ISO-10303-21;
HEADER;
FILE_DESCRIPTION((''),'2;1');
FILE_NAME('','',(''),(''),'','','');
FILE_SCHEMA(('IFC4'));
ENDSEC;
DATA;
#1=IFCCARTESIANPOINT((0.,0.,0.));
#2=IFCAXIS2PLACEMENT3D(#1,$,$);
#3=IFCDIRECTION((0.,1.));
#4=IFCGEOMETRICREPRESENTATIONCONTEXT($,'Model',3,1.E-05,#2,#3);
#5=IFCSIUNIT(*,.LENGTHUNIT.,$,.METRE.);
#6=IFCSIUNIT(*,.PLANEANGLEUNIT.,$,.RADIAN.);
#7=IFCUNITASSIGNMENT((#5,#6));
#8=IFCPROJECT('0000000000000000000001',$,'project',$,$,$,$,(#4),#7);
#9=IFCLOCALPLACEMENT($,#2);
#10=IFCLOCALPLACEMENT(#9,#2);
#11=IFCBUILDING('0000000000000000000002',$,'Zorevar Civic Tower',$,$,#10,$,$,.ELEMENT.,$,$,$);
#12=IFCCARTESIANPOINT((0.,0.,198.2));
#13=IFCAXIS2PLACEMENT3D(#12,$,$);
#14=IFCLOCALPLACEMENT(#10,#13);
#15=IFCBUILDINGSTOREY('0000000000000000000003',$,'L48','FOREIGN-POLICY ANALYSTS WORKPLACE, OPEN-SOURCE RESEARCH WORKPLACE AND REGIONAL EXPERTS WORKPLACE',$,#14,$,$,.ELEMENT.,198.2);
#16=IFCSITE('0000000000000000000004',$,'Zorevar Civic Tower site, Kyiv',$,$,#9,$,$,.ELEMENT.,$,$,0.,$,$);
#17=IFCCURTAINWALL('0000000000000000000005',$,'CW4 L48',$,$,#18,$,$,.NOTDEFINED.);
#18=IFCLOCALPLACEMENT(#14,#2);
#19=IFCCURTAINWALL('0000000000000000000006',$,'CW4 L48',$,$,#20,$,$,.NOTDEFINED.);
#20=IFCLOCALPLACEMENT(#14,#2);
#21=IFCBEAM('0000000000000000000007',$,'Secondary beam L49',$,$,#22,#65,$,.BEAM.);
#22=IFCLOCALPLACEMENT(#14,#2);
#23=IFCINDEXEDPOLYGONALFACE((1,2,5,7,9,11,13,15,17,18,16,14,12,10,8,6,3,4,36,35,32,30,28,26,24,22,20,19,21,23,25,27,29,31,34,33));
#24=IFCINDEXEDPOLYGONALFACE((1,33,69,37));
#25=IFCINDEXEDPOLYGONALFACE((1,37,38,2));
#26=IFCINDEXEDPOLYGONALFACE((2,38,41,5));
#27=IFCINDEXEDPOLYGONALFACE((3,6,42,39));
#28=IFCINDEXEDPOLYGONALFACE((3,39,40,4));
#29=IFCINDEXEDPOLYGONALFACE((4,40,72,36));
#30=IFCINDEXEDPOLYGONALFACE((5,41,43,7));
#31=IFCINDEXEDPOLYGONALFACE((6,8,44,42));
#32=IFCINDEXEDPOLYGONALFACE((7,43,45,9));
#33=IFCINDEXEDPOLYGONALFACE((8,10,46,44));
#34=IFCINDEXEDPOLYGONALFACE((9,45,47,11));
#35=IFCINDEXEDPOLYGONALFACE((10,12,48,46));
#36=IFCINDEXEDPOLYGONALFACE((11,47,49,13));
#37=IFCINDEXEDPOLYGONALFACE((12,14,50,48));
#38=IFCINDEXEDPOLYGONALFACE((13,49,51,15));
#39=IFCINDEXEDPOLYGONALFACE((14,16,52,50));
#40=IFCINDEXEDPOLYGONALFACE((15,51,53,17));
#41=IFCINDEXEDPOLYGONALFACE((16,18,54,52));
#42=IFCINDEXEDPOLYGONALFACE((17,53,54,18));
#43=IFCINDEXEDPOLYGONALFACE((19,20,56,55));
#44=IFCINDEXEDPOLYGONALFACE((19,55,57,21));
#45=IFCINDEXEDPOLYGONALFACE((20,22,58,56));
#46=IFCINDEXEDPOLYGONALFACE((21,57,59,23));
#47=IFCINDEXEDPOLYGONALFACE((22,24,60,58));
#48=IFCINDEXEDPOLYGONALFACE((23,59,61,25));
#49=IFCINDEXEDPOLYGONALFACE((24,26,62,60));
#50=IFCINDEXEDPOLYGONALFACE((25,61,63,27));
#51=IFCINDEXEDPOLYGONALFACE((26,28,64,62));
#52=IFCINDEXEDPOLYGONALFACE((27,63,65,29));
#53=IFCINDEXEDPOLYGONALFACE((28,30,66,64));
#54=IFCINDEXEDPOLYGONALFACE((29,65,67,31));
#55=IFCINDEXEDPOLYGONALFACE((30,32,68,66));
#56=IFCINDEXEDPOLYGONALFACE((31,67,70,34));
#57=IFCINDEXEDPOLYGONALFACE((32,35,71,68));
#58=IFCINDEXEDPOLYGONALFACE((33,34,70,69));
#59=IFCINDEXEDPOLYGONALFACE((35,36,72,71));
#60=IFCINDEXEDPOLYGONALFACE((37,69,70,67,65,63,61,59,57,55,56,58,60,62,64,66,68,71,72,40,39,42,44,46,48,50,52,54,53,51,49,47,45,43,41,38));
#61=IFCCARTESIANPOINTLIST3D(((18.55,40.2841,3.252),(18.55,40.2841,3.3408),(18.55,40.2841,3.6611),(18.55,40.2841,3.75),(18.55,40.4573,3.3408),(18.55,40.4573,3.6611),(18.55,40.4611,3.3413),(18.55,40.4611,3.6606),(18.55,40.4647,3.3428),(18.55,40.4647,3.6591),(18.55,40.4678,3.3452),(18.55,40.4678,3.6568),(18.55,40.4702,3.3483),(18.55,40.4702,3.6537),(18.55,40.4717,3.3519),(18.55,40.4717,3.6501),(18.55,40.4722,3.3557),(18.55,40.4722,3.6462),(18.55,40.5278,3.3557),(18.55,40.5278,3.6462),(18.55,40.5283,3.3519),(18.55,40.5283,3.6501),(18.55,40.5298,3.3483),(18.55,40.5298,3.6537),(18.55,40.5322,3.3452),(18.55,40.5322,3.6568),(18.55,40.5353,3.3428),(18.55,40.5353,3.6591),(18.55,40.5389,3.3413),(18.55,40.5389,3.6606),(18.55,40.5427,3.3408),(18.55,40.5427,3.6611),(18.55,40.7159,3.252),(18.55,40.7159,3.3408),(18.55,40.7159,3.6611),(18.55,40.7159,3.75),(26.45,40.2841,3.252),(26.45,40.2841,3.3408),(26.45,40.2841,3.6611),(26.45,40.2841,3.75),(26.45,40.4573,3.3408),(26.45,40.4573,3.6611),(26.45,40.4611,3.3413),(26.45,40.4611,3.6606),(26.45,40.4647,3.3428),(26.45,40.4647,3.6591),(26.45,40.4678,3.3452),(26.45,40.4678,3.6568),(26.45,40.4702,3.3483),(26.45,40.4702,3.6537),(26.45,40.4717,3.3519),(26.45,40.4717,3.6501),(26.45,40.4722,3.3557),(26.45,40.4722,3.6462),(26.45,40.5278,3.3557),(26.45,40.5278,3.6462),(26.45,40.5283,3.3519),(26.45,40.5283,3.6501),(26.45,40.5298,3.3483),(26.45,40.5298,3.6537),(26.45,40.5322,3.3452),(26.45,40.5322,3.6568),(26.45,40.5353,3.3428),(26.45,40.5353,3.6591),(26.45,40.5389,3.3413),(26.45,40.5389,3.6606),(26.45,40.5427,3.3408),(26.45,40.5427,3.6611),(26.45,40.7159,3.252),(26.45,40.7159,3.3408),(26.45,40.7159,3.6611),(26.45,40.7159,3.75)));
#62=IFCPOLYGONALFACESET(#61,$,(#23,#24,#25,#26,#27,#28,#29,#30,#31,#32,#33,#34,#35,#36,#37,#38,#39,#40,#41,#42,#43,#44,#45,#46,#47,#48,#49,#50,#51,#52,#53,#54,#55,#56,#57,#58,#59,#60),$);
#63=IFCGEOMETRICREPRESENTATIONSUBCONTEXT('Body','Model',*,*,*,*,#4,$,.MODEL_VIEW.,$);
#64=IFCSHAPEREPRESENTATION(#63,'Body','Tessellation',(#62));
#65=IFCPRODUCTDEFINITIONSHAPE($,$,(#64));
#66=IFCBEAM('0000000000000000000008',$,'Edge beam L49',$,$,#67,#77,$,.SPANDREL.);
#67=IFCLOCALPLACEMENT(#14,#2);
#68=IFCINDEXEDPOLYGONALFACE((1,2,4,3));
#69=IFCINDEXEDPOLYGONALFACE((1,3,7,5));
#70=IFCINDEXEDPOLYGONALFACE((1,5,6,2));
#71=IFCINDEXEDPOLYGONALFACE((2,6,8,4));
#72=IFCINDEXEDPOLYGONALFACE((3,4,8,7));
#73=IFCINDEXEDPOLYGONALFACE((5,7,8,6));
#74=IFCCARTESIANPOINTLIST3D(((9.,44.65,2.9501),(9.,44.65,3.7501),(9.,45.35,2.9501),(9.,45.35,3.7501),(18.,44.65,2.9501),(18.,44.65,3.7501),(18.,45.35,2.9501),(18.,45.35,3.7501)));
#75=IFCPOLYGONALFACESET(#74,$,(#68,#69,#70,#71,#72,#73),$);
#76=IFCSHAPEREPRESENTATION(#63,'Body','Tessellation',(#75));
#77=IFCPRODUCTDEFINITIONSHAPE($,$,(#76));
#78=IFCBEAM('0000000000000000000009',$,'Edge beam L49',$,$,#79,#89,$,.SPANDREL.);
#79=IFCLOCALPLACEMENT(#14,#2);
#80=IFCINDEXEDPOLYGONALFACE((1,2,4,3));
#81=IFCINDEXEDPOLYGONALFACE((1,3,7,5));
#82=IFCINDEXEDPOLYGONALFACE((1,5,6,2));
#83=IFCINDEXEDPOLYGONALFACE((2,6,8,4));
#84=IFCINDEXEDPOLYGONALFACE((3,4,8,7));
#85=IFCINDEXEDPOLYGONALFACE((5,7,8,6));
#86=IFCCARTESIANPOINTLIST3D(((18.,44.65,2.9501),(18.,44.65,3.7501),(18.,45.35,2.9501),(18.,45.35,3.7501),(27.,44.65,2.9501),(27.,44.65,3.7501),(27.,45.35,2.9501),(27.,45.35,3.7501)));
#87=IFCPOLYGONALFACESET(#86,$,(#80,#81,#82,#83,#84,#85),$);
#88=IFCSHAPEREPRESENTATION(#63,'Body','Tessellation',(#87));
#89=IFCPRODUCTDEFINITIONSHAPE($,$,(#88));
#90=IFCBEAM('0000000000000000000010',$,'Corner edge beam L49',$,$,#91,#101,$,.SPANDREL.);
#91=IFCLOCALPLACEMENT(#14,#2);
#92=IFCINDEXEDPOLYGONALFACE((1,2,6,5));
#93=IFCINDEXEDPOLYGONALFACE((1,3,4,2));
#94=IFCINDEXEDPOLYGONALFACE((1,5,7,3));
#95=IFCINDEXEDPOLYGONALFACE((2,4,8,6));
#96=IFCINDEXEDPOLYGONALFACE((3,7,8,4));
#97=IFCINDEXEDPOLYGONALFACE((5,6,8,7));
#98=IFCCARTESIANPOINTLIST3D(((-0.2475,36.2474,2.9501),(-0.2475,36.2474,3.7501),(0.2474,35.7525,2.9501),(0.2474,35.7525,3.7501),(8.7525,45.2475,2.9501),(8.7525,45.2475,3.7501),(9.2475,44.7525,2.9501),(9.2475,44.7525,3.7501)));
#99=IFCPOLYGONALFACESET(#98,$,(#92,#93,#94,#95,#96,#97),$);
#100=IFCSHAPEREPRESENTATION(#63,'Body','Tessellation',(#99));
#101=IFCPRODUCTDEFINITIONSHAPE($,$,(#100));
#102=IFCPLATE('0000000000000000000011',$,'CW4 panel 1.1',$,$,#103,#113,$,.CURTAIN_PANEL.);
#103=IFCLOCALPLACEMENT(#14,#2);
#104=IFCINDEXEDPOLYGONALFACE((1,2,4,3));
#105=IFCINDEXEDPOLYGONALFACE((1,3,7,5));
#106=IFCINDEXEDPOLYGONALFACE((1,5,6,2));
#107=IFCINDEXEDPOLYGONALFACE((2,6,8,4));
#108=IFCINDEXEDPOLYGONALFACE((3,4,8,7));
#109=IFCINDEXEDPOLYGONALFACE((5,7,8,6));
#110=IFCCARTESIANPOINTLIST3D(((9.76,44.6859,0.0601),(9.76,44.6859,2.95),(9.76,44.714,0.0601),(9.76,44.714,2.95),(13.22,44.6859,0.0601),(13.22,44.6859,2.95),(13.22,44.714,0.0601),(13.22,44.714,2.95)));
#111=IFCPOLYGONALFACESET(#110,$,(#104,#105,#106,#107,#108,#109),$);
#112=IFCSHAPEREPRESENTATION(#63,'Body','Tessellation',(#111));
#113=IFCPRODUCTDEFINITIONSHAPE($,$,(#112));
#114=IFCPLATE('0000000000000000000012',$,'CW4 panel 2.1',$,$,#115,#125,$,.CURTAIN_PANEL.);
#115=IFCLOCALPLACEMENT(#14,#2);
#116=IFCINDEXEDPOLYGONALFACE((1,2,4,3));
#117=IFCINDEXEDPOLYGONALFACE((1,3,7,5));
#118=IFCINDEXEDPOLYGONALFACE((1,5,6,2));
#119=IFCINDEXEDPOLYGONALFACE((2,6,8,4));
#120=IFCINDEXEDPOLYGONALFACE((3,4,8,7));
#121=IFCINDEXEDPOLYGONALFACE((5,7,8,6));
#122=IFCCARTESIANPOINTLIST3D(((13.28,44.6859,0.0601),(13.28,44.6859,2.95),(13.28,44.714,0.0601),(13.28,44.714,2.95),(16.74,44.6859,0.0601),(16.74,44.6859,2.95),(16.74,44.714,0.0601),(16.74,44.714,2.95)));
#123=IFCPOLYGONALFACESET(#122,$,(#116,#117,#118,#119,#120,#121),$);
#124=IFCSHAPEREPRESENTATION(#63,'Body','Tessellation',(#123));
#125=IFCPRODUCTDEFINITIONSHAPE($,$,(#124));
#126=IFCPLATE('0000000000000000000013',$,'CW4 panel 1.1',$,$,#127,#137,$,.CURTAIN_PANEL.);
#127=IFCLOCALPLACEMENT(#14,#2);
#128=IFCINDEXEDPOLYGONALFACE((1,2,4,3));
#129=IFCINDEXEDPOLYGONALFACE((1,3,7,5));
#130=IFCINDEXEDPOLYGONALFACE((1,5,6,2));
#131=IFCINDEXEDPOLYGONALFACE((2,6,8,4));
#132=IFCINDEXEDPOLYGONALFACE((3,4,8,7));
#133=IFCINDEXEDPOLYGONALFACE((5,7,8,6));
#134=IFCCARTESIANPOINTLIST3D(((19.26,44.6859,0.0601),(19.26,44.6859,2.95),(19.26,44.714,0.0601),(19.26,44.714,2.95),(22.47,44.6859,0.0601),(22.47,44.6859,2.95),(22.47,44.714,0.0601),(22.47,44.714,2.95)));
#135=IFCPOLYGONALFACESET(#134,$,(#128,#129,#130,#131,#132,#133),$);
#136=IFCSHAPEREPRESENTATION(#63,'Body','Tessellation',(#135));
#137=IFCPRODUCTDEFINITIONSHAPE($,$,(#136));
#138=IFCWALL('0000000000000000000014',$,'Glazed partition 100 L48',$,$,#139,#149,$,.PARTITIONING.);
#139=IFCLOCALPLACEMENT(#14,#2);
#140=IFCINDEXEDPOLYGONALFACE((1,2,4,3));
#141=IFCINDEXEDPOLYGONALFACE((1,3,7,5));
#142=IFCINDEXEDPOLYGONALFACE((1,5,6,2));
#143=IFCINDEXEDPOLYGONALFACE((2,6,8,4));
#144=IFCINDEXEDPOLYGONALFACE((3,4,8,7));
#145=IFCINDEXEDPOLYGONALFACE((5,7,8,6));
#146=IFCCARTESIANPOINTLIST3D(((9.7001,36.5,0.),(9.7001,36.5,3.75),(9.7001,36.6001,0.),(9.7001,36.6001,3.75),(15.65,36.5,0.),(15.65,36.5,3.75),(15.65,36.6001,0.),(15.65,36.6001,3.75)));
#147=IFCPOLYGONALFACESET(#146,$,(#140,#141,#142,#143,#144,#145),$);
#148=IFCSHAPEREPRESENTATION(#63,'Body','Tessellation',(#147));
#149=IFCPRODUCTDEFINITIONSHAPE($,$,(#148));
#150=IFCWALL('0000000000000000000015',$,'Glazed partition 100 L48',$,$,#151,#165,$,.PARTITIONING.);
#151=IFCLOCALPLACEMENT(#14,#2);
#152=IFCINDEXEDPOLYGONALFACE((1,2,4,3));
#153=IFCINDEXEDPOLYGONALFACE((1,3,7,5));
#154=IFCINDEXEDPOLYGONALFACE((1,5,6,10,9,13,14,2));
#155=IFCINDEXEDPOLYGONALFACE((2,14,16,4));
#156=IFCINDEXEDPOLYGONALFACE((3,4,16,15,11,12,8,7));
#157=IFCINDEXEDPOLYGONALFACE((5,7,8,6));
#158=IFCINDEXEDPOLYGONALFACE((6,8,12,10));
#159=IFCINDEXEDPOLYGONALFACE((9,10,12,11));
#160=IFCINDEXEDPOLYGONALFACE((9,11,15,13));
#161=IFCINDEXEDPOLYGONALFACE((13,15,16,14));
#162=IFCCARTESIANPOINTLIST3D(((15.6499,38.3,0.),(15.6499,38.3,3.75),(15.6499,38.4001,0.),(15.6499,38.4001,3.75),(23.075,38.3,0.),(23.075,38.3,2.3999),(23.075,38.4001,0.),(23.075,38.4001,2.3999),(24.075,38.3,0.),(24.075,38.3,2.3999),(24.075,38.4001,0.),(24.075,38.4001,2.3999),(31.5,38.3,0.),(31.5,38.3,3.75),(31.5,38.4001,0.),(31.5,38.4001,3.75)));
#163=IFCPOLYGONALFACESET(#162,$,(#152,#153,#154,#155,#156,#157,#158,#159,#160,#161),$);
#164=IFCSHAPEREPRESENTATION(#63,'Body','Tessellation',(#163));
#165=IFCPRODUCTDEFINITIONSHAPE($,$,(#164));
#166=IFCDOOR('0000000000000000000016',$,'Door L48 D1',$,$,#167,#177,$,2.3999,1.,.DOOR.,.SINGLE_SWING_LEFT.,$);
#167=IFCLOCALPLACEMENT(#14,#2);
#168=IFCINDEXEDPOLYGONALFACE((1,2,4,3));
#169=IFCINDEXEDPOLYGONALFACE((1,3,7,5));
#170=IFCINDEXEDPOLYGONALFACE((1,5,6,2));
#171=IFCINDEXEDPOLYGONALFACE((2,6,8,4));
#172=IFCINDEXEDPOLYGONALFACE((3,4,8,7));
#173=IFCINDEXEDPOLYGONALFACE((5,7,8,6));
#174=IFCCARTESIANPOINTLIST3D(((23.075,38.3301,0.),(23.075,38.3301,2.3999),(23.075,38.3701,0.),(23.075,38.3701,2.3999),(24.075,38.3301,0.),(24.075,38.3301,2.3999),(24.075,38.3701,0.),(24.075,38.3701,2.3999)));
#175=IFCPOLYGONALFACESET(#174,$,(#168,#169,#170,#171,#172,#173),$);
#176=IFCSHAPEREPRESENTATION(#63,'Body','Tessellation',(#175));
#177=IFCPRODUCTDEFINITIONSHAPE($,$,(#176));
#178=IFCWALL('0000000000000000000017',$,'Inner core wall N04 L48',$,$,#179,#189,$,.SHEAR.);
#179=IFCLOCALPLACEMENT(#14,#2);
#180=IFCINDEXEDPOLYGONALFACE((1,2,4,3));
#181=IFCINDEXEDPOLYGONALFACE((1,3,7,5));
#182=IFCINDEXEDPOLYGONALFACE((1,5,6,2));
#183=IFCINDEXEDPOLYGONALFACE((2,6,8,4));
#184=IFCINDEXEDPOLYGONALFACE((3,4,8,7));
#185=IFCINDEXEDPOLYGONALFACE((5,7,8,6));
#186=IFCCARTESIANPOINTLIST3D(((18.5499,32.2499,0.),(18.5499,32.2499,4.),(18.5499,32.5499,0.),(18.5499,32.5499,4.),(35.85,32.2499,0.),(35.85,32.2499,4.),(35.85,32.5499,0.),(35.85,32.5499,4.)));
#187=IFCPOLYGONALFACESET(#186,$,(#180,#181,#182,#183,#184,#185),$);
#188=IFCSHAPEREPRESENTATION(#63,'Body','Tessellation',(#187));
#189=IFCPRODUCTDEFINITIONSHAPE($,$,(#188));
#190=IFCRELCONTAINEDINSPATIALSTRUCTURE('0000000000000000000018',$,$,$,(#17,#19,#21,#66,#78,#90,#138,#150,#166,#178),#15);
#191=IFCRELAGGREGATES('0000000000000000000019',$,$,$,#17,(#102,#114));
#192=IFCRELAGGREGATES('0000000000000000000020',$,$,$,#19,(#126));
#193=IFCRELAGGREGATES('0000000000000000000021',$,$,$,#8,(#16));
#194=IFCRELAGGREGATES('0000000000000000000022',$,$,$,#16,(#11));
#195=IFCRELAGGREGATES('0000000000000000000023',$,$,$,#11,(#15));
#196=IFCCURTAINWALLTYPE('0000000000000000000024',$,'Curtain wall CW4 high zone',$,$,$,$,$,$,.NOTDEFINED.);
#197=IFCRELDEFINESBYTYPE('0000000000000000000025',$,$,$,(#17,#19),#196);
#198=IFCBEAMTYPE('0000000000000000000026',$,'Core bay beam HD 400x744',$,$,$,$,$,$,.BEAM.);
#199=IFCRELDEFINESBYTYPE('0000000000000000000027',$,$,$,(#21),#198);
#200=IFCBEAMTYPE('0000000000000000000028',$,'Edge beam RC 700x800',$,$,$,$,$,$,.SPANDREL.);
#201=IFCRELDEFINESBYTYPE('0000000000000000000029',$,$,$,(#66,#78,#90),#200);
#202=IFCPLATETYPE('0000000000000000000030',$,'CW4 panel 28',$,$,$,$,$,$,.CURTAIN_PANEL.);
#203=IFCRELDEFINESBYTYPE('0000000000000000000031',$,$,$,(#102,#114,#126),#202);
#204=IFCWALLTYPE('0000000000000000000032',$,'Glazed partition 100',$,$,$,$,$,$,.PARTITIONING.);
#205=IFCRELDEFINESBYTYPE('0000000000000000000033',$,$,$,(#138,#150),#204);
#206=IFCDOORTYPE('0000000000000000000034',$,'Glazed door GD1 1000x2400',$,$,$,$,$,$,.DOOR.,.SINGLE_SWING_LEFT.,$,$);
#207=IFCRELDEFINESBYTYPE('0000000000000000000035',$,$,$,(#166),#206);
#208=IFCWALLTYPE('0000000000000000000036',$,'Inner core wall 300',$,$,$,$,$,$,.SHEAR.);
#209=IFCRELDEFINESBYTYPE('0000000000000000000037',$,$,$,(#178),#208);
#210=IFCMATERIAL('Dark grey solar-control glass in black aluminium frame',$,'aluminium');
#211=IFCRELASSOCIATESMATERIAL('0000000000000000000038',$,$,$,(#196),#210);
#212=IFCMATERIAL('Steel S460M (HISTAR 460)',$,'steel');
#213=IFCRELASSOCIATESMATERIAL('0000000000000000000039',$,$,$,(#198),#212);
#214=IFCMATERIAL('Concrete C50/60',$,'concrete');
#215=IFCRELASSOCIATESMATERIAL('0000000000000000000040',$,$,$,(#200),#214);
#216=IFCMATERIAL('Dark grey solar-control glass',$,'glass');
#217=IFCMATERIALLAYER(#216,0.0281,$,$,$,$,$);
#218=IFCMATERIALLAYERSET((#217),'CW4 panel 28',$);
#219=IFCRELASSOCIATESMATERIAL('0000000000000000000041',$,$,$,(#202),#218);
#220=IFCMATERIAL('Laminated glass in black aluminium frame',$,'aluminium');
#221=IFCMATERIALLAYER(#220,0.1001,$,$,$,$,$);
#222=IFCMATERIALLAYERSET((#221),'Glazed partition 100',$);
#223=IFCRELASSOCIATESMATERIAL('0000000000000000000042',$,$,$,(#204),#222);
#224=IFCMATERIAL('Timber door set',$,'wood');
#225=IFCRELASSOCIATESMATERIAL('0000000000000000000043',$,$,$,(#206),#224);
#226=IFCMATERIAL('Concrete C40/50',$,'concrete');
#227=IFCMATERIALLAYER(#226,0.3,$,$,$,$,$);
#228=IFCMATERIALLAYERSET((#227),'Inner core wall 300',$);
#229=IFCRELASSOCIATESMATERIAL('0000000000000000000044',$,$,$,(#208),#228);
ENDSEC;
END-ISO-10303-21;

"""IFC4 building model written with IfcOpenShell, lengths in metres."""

from ifc_helpers import new_model, si_unit, direction, frame, frame_2d, origin, origin_2d, place, context, subcontext, project, spatial, rectangle, i_section, extrude, material, layer, layer_set, material_profile, profile_set, type_object, element, fill, aggregate, save


model = new_model("IFC4")

# Units and contexts
model_context = context("Model", 3, precision=1e-05, world=origin(), true_north=direction((0.0, 1.0)))
body_context = subcontext(model_context, "Body", "Model", "MODEL_VIEW")
ifc_project = project(units=[si_unit("LENGTHUNIT", "METRE"), si_unit("PLANEANGLEUNIT", "RADIAN")], contexts=[model_context])

# Site, building, storey
site_placement = place(None, origin())
site = spatial("IfcSite", under=ifc_project, at=site_placement, Name="Zorevar Civic Tower site, Kyiv", CompositionType="ELEMENT", RefElevation=0.0)
building_placement = place(site_placement, origin())
building = spatial("IfcBuilding", under=site, at=building_placement, Name="Zorevar Civic Tower", CompositionType="ELEMENT")
storey_placement = place(building_placement, frame((0.0, 0.0, 198.2)))
storey = spatial("IfcBuildingStorey", under=building, at=storey_placement, Name="L48", Description="FOREIGN-POLICY ANALYSTS WORKPLACE, OPEN-SOURCE RESEARCH WORKPLACE AND REGIONAL EXPERTS WORKPLACE", CompositionType="ELEMENT", Elevation=198.2)

# Curtain wall
ifc_material_1 = material(Name="Dark grey solar-control glass in black aluminium frame", Category="aluminium")
curtain_wall_type = type_object("IfcCurtainWallType", Name="Curtain wall CW4 high zone", PredefinedType="NOTDEFINED", material=ifc_material_1)
curtain_wall_1_placement = place(storey_placement, origin())
curtain_wall_1 = element("IfcCurtainWall", 1, at=curtain_wall_1_placement, inside=storey, type_object=curtain_wall_type, Name="CW4 L48", PredefinedType="NOTDEFINED")

# Curtain wall
curtain_wall_2_placement = place(storey_placement, origin())
curtain_wall_2 = element("IfcCurtainWall", 2, at=curtain_wall_2_placement, inside=storey, type_object=curtain_wall_type, Name="CW4 L48", PredefinedType="NOTDEFINED")

# Beams
ifc_material_2 = material(Name="Steel S460M (HISTAR 460)", Category="steel")
ifc_material_profile_1 = material_profile(ifc_material_2, i_section(OverallWidth=0.4319, OverallDepth=0.498, WebThickness=0.0557, FlangeThickness=0.0889, FilletRadius=0.0149, at=origin_2d()), Name="HD 400x744")
ifc_profile_set_1 = profile_set([ifc_material_profile_1], Name="Steel S460M (HISTAR 460)")
beam_type_1 = type_object("IfcBeamType", Name="Core bay beam HD 400x744", PredefinedType="BEAM", material=ifc_profile_set_1)
beam_1_placement = place(storey_placement, frame((18.55, 40.5, 3.501), z_axis=(1.0, 0.0, 0.0), x_axis=(0.0, 1.0, 0.0)))
element("IfcBeam", 3, at=beam_1_placement, inside=storey, type_object=beam_type_1, Name="Secondary beam L49", PredefinedType="BEAM", context=body_context, shape_type="SweptSolid", body=[
    extrude(i_section(OverallWidth=0.4319, OverallDepth=0.498, WebThickness=0.0557, FlangeThickness=0.0889, FilletRadius=0.0149, at=origin_2d()), origin(), (0.0, 0.0, 1.0), 7.8999),
])
ifc_material_3 = material(Name="Concrete C50/60", Category="concrete")
ifc_material_profile_2 = material_profile(ifc_material_3, rectangle(XDim=0.7, YDim=0.8, at=origin_2d()), Name="RC 700x800")
ifc_profile_set_2 = profile_set([ifc_material_profile_2], Name="Concrete C50/60")
beam_type_2 = type_object("IfcBeamType", Name="Edge beam RC 700x800", PredefinedType="SPANDREL", material=ifc_profile_set_2)
for number, where, z_axis, x_axis, name in (
    (4, (9.0, 45.0, 3.3501), (1.0, 0.0, 0.0), (0.0, 1.0, 0.0), "Edge beam L49"),
    (5, (18.0, 45.0, 3.3501), (1.0, 0.0, 0.0), (0.0, 1.0, 0.0), "Edge beam L49"),
):
    element("IfcBeam", number, at=place(storey_placement, frame(where, z_axis=z_axis, x_axis=x_axis)), inside=storey, type_object=beam_type_2, Name=name, PredefinedType="SPANDREL", context=body_context, shape_type="SweptSolid", body=[
        extrude(rectangle(XDim=0.7, YDim=0.8, at=origin_2d()), origin(), (0.0, 0.0, 1.0), 9.0),
    ])
beam_2_placement = place(storey_placement, frame((9.0, 45.0, 3.3501), z_axis=(-0.707107, -0.707107, 0.0), x_axis=(0.707107, -0.707107, 0.0)))
element("IfcBeam", 6, at=beam_2_placement, inside=storey, type_object=beam_type_2, Name="Corner edge beam L49", PredefinedType="SPANDREL", context=body_context, shape_type="SweptSolid", body=[
    extrude(rectangle(XDim=0.7, YDim=0.8, at=origin_2d()), origin(), (0.0, 0.0, 1.0), 12.728),
])

# Plates
ifc_material_4 = material(Name="Dark grey solar-control glass", Category="glass")
ifc_layer_1 = layer(ifc_material_4, 0.0281)
ifc_layer_set_1 = layer_set([ifc_layer_1], Name="CW4 panel 28")
plate_type = type_object("IfcPlateType", Name="CW4 panel 28", PredefinedType="CURTAIN_PANEL", material=ifc_layer_set_1)
plate_1_placement = place(storey_placement, frame((11.49, 44.7, 0.0601), z_axis=(0.0, 0.0, 1.0), x_axis=(1.0, 0.0, 0.0)))
plate_1 = element("IfcPlate", 7, at=plate_1_placement, type_object=plate_type, Name="CW4 panel 1.1", PredefinedType="CURTAIN_PANEL", context=body_context, shape_type="SweptSolid", body=[
    extrude(rectangle(XDim=3.46, YDim=0.0281, at=origin_2d()), origin(), (0.0, 0.0, 1.0), 2.8899),
])
plate_2_placement = place(storey_placement, frame((15.01, 44.7, 0.0601), z_axis=(0.0, 0.0, 1.0), x_axis=(1.0, 0.0, 0.0)))
plate_2 = element("IfcPlate", 8, at=plate_2_placement, type_object=plate_type, Name="CW4 panel 2.1", PredefinedType="CURTAIN_PANEL", context=body_context, shape_type="SweptSolid", body=[
    extrude(rectangle(XDim=3.46, YDim=0.0281, at=origin_2d()), origin(), (0.0, 0.0, 1.0), 2.8899),
])
aggregate(curtain_wall_1, [plate_1, plate_2])
plate_3_placement = place(storey_placement, frame((20.865, 44.7, 0.0601), z_axis=(0.0, 0.0, 1.0), x_axis=(1.0, 0.0, 0.0)))
plate_3 = element("IfcPlate", 9, at=plate_3_placement, type_object=plate_type, Name="CW4 panel 1.1", PredefinedType="CURTAIN_PANEL", context=body_context, shape_type="SweptSolid", body=[
    extrude(rectangle(XDim=3.21, YDim=0.0281, at=origin_2d()), origin(), (0.0, 0.0, 1.0), 2.8899),
])
aggregate(curtain_wall_2, [plate_3])

# Wall
ifc_material_5 = material(Name="Laminated glass in black aluminium frame", Category="aluminium")
ifc_layer_2 = layer(ifc_material_5, 0.1001)
ifc_layer_set_2 = layer_set([ifc_layer_2], Name="Glazed partition 100")
wall_type_1 = type_object("IfcWallType", Name="Glazed partition 100", PredefinedType="PARTITIONING", material=ifc_layer_set_2)
wall_1_placement = place(storey_placement, frame((9.7, 36.55, 0.0), z_axis=(0.0, 0.0, 1.0), x_axis=(1.0, 0.0, 0.0)))
element("IfcWall", 10, at=wall_1_placement, inside=storey, type_object=wall_type_1, Name="Glazed partition 100 L48", PredefinedType="PARTITIONING", context=body_context, shape_type="SweptSolid", body=[
    extrude(rectangle(XDim=5.95, YDim=0.1001, at=frame_2d((2.9751, 0.0))), origin(), (0.0, 0.0, 1.0), 3.75),
])

# Wall, opening, door
wall_2_placement = place(storey_placement, frame((15.6499, 38.3501, 0.0), z_axis=(0.0, 0.0, 1.0), x_axis=(1.0, 0.0, 0.0)))
wall_2 = element("IfcWall", 11, at=wall_2_placement, inside=storey, type_object=wall_type_1, Name="Glazed partition 100 L48", PredefinedType="PARTITIONING", context=body_context, shape_type="SweptSolid", body=[
    extrude(rectangle(XDim=15.8501, YDim=0.1001, at=frame_2d((7.925, 0.0))), origin(), (0.0, 0.0, 1.0), 3.75),
])
opening_1_placement = place(wall_2_placement, frame((7.425, 0.0, 0.0)))
opening_1 = element("IfcOpeningElement", 12, at=opening_1_placement, cuts=wall_2, PredefinedType="OPENING", context=body_context, shape_type="SweptSolid", body=[
    extrude(rectangle(XDim=1.0, YDim=2.3999, at=frame_2d((0.5, 1.2))), frame((0.0, 0.0601, 0.0), z_axis=(0.0, -1.0, 0.0), x_axis=(1.0, 0.0, 0.0)), (0.0, 0.0, 1.0), 0.1201),
])
ifc_material_6 = material(Name="Timber door set", Category="wood")
door_type_1 = type_object("IfcDoorType", Name="Glazed door GD1 1000x2400", OperationType="SINGLE_SWING_LEFT", PredefinedType="DOOR", material=ifc_material_6)
door_1_placement = place(opening_1_placement, origin())
door_1 = element("IfcDoor", 13, at=door_1_placement, inside=storey, type_object=door_type_1, Name="Door L48 D1", OperationType="SINGLE_SWING_LEFT", OverallHeight=2.3999, OverallWidth=1.0, PredefinedType="DOOR", context=body_context, shape_type="SweptSolid", body=[
    extrude(rectangle(XDim=1.0, YDim=2.3999, at=frame_2d((0.5, 1.2))), frame((0.0, 0.02, 0.0), z_axis=(0.0, -1.0, 0.0), x_axis=(1.0, 0.0, 0.0)), (0.0, 0.0, 1.0), 0.04),
])
fill(opening_1, door_1)

# Wall
ifc_material_7 = material(Name="Concrete C40/50", Category="concrete")
ifc_layer_3 = layer(ifc_material_7, 0.3)
ifc_layer_set_3 = layer_set([ifc_layer_3], Name="Inner core wall 300")
wall_type_2 = type_object("IfcWallType", Name="Inner core wall 300", PredefinedType="SHEAR", material=ifc_layer_set_3)
wall_3_placement = place(storey_placement, frame((18.55, 32.3999, 0.0), z_axis=(0.0, 0.0, 1.0), x_axis=(1.0, 0.0, 0.0)))
element("IfcWall", 14, at=wall_3_placement, inside=storey, type_object=wall_type_2, Name="Inner core wall N04 L48", PredefinedType="SHEAR", context=body_context, shape_type="SweptSolid", body=[
    extrude(rectangle(XDim=17.3, YDim=0.3, at=frame_2d((8.6499, 0.0))), origin(), (0.0, 0.0, 1.0), 4.0),
])

save(model, "model.ifc")
